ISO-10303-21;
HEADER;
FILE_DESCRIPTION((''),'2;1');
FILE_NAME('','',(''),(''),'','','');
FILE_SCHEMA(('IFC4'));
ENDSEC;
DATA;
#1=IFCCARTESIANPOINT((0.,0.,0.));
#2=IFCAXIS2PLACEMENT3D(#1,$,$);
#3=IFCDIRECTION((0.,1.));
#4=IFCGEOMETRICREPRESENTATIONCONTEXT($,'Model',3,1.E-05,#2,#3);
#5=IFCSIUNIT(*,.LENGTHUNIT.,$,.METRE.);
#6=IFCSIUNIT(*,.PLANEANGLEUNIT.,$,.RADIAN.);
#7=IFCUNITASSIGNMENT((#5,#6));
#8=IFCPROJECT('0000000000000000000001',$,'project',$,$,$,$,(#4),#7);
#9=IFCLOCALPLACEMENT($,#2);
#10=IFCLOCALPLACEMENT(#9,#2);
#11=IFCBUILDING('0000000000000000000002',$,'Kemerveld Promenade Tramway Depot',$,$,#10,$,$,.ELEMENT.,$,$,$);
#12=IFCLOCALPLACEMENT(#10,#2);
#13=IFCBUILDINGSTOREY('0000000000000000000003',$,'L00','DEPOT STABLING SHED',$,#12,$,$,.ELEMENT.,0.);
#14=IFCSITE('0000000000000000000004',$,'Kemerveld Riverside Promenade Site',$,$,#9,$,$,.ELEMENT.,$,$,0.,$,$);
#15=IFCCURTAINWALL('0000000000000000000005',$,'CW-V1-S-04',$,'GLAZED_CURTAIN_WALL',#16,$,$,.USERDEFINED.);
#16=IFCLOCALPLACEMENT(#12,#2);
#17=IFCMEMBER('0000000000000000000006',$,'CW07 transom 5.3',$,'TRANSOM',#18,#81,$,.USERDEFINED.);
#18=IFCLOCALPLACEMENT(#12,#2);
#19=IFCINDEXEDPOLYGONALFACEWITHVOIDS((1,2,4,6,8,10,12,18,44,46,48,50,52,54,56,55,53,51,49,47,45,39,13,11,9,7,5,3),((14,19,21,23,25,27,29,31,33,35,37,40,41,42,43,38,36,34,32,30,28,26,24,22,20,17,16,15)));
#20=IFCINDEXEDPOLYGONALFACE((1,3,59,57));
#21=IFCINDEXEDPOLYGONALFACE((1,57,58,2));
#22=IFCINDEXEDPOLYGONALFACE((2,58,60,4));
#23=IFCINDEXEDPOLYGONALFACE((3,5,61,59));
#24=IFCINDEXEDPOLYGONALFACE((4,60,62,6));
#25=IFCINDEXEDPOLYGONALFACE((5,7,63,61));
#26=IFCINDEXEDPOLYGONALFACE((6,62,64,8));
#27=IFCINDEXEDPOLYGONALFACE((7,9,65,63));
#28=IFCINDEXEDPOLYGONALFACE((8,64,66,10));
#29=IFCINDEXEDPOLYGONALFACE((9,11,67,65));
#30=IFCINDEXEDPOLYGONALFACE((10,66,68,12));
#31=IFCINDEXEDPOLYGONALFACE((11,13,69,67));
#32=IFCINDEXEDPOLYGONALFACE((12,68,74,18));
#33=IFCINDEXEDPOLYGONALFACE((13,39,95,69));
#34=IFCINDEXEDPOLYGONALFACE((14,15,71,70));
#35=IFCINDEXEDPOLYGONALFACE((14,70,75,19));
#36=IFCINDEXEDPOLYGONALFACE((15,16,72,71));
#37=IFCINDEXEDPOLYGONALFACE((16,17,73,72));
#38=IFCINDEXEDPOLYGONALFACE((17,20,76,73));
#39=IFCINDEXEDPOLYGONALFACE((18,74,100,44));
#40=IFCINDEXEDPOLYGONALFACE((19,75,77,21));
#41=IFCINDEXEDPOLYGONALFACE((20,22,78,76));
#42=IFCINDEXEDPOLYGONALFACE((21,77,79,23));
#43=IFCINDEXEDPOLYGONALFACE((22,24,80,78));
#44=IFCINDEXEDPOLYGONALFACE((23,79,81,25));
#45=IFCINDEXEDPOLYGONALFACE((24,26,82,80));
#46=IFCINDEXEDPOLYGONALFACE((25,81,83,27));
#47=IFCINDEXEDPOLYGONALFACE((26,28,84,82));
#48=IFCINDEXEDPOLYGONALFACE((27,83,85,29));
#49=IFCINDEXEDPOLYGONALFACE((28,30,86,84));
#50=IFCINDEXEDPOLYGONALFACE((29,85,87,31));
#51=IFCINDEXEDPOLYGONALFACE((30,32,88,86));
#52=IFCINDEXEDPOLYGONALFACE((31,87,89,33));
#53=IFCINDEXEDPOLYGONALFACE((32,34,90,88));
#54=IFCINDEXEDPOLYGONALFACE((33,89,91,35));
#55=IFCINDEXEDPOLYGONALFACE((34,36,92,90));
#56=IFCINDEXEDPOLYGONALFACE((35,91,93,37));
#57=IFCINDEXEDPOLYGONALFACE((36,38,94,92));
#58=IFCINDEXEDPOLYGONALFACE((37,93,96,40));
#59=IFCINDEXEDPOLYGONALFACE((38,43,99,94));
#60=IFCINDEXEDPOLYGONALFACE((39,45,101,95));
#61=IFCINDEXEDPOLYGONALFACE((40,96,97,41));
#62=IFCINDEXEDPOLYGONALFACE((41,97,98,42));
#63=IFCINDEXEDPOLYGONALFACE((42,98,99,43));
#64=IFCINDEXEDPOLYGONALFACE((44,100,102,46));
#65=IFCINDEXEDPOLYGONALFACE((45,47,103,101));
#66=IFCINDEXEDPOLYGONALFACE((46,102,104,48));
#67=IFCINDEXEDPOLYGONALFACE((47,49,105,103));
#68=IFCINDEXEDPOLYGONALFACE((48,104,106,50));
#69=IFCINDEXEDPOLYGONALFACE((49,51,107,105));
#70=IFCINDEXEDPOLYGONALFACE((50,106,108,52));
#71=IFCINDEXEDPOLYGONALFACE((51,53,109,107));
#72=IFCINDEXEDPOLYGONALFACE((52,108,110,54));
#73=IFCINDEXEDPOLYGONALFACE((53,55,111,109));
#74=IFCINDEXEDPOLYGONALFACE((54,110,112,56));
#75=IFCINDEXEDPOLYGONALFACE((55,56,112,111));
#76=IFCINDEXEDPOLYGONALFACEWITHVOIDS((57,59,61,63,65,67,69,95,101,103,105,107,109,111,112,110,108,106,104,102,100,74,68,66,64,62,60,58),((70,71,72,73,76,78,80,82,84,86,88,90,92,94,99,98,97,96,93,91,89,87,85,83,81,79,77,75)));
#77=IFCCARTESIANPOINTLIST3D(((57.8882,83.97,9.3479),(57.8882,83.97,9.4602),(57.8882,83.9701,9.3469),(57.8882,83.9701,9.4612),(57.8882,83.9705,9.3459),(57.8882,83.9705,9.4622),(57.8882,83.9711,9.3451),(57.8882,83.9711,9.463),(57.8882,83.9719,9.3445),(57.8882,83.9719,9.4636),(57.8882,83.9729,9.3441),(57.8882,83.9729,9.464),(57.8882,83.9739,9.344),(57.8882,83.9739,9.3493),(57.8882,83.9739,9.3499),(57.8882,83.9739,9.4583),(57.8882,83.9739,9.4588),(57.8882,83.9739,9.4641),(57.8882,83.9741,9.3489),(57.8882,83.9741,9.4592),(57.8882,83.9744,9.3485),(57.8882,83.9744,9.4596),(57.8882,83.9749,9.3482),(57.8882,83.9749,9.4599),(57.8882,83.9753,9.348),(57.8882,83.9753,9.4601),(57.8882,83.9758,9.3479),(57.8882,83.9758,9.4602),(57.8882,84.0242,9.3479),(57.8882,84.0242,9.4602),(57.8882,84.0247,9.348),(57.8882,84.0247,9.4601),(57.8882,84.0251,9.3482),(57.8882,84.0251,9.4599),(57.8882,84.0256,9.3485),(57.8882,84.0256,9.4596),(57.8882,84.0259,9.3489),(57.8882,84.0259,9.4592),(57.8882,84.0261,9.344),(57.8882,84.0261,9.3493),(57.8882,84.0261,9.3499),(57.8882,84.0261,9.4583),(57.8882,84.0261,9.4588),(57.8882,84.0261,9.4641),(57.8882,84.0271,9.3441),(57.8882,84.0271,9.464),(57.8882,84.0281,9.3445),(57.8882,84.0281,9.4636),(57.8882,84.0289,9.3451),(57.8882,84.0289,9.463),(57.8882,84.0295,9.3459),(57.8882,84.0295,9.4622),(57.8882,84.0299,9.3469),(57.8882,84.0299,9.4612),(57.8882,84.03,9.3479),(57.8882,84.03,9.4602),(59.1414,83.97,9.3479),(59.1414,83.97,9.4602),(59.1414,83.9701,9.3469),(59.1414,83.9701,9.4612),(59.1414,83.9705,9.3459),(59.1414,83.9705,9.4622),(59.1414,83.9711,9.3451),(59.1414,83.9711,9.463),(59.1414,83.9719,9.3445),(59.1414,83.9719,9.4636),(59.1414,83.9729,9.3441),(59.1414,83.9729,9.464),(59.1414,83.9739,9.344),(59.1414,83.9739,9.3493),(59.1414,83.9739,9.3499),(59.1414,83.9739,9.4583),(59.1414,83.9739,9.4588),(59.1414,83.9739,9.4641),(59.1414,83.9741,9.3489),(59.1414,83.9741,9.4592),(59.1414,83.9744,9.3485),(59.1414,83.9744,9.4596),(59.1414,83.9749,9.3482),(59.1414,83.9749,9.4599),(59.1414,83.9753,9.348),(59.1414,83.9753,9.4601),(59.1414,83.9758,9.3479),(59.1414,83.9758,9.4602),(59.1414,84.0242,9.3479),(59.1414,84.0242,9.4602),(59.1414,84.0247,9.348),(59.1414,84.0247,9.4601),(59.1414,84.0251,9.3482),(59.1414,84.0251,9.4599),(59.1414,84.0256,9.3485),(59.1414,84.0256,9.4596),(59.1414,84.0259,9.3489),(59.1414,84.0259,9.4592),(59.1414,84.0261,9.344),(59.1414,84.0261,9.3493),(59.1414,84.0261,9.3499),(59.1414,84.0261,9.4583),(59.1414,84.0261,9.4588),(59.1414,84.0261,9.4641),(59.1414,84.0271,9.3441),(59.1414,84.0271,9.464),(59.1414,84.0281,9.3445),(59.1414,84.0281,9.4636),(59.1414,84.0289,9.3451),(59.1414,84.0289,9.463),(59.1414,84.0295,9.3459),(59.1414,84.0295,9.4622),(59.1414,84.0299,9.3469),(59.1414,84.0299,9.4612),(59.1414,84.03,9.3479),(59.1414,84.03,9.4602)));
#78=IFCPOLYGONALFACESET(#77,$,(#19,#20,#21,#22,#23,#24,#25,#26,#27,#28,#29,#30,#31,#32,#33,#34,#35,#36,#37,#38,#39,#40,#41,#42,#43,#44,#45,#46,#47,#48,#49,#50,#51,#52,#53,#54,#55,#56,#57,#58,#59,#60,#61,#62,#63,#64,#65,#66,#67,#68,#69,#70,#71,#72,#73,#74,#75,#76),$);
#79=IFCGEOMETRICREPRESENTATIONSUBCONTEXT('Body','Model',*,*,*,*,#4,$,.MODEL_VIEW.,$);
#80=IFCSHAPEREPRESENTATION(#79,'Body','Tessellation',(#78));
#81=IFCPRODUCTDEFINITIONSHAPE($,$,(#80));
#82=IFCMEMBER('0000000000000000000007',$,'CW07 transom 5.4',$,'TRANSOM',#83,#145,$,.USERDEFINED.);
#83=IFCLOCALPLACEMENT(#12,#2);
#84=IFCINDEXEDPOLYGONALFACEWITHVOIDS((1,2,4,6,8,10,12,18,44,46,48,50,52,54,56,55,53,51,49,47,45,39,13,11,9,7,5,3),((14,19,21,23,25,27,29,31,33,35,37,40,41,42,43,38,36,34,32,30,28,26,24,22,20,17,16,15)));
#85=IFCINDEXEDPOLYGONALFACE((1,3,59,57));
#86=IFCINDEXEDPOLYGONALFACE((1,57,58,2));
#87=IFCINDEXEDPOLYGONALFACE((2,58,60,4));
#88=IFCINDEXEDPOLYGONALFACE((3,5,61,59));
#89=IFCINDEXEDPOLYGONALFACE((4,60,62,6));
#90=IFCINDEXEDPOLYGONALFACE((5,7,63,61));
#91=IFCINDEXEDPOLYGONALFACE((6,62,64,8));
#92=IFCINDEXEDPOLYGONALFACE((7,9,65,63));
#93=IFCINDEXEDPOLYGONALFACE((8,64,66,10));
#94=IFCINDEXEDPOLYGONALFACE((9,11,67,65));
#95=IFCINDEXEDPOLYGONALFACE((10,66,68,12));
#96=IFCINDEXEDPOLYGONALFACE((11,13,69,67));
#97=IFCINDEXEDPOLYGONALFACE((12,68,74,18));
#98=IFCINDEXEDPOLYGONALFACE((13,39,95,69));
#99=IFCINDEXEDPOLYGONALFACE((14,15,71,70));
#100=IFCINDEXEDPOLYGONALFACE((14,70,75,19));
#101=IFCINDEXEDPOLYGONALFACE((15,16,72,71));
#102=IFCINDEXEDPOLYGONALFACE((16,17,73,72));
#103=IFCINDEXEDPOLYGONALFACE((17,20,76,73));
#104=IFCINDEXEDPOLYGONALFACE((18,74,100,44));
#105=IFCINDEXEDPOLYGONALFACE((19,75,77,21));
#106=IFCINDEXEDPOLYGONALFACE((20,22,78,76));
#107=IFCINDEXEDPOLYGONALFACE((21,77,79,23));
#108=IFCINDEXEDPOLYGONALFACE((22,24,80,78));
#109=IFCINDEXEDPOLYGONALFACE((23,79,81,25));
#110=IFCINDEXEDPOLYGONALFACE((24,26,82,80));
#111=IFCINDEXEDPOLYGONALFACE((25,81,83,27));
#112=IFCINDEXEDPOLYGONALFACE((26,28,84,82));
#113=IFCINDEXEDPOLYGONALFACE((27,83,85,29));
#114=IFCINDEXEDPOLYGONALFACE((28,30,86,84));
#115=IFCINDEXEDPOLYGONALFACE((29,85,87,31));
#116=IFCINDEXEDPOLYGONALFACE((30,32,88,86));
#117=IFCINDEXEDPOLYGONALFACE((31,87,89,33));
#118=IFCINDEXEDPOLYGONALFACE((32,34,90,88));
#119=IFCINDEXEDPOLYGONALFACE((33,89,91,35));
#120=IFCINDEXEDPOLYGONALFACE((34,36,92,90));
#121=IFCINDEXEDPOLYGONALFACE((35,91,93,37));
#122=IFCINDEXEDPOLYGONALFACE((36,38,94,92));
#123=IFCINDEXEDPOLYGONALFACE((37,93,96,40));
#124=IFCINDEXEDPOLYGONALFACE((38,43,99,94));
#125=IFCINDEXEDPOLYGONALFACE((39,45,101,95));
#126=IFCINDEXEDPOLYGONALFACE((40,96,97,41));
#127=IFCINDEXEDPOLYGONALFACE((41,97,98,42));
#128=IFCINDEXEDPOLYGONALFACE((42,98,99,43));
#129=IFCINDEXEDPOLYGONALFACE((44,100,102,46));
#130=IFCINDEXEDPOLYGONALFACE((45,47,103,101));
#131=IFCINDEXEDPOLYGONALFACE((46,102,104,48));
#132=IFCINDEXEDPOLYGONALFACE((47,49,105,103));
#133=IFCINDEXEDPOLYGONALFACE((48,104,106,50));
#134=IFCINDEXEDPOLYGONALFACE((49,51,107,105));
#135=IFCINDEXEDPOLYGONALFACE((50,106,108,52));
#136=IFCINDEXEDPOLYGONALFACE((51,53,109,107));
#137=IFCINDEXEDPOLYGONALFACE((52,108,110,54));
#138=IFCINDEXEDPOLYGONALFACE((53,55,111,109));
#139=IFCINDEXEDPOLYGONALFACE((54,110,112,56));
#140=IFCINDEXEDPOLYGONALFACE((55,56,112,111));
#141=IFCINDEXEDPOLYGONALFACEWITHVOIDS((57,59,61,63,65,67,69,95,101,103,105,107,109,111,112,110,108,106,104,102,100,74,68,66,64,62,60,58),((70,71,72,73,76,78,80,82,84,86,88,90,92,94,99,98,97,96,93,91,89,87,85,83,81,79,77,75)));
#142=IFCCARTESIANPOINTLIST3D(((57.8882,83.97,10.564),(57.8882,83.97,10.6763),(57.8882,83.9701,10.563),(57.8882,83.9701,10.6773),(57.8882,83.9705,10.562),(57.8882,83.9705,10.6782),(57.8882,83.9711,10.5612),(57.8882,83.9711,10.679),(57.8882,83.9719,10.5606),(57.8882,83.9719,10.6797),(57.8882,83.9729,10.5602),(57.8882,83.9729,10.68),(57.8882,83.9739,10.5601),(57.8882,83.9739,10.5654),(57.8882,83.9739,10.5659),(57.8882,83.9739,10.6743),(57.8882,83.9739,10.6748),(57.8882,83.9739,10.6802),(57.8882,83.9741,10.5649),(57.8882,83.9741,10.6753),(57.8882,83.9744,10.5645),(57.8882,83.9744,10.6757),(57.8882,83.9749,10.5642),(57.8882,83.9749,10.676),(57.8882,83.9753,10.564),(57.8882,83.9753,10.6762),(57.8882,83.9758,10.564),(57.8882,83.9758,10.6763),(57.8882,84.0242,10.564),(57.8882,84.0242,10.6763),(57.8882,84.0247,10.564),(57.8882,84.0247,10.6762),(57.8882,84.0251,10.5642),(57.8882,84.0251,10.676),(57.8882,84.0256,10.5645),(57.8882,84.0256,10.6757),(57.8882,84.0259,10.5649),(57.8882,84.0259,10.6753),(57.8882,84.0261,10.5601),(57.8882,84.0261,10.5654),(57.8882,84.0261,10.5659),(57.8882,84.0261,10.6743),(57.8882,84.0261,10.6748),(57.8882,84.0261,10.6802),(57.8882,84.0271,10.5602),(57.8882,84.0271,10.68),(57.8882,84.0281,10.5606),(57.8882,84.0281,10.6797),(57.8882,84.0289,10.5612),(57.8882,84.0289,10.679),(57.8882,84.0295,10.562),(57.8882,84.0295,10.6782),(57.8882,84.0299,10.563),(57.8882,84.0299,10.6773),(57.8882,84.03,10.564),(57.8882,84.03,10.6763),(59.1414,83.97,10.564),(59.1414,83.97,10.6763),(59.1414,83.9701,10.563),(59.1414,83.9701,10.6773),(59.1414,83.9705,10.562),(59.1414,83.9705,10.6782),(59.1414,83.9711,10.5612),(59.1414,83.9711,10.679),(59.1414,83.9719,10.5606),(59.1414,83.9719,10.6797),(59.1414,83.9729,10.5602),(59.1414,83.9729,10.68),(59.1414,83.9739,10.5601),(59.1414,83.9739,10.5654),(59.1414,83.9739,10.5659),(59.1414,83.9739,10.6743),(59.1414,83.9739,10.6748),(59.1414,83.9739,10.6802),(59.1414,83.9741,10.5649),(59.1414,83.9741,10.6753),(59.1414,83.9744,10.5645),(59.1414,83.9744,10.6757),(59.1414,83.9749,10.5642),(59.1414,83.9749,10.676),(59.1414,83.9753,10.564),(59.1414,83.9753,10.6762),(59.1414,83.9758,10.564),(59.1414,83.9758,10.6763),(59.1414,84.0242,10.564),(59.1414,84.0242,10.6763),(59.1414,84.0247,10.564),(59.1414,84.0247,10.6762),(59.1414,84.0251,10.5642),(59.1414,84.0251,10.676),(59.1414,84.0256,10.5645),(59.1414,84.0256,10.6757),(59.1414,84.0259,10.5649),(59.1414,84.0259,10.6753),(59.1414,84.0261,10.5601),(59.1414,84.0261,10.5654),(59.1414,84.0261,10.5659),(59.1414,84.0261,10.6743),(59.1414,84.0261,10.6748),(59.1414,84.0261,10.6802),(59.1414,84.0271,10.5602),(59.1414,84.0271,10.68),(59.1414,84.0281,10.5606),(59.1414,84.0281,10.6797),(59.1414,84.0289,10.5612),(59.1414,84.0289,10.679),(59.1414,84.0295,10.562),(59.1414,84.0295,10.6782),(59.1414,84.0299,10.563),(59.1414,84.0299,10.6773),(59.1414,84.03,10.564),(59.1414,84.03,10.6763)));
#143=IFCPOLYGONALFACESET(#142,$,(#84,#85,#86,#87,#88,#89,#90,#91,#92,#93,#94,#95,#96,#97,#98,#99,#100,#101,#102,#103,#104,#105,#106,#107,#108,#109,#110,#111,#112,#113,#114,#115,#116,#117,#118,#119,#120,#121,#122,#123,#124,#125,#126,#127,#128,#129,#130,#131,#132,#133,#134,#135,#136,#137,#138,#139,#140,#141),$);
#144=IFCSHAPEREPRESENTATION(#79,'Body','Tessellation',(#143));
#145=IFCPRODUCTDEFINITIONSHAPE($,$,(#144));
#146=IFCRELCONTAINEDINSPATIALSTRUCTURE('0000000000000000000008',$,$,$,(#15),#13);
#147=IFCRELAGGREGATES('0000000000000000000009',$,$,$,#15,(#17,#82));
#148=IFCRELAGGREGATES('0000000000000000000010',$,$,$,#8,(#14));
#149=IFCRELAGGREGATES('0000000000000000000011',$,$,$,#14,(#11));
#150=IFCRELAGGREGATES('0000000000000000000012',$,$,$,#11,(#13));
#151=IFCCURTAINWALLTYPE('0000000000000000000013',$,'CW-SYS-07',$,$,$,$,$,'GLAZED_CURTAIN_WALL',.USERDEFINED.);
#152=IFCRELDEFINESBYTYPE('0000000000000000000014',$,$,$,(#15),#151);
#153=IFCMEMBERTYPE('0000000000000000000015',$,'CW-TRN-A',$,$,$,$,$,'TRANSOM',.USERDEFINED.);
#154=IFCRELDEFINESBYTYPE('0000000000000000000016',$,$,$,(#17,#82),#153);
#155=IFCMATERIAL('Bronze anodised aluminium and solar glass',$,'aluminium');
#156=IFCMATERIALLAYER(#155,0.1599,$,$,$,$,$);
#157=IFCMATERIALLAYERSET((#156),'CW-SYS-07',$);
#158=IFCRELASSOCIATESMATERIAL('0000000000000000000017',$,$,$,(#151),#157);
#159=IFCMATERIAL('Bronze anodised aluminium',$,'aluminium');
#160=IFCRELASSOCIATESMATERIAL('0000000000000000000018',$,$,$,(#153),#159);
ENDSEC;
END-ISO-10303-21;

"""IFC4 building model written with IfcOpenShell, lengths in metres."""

from ifc_helpers import new_model, si_unit, direction, frame, origin, origin_2d, place, context, subcontext, project, spatial, hollow_rectangle, extrude, material, layer, layer_set, material_profile, profile_set, type_object, element, aggregate, save


model = new_model("IFC4")

# Units and contexts
model_context = context("Model", 3, precision=1e-05, world=origin(), true_north=direction((0.0, 1.0)))
body_context = subcontext(model_context, "Body", "Model", "MODEL_VIEW")
ifc_project = project(units=[si_unit("LENGTHUNIT", "METRE"), si_unit("PLANEANGLEUNIT", "RADIAN")], contexts=[model_context])

# Site, building, storey
site_placement = place(None, origin())
site = spatial("IfcSite", under=ifc_project, at=site_placement, Name="Kemerveld Riverside Promenade Site", CompositionType="ELEMENT", RefElevation=0.0)
building_placement = place(site_placement, origin())
building = spatial("IfcBuilding", under=site, at=building_placement, Name="Kemerveld Promenade Tramway Depot", CompositionType="ELEMENT")
storey_placement = place(building_placement, origin())
storey = spatial("IfcBuildingStorey", under=building, at=storey_placement, Name="L00", Description="DEPOT STABLING SHED", CompositionType="ELEMENT", Elevation=0.0)

# Curtain wall, members
ifc_material_1 = material(Name="Bronze anodised aluminium and solar glass", Category="aluminium")
ifc_layer_1 = layer(ifc_material_1, 0.1599)
ifc_layer_set_1 = layer_set([ifc_layer_1], Name="CW-SYS-07")
curtain_wall_type_1 = type_object("IfcCurtainWallType", Name="CW-SYS-07", ElementType="GLAZED_CURTAIN_WALL", PredefinedType="USERDEFINED", material=ifc_layer_set_1)
curtain_wall_1_placement = place(storey_placement, origin())
curtain_wall_1 = element("IfcCurtainWall", 1, at=curtain_wall_1_placement, inside=storey, type_object=curtain_wall_type_1, Name="CW-V1-S-04", ObjectType="GLAZED_CURTAIN_WALL", PredefinedType="USERDEFINED")
ifc_material_2 = material(Name="Bronze anodised aluminium", Category="aluminium")
ifc_material_profile_1 = material_profile(ifc_material_2, hollow_rectangle(XDim=0.0601, YDim=0.1201, WallThickness=0.0039, InnerFilletRadius=0.002, OuterFilletRadius=0.0039, at=origin_2d()), Name="CW-TRN-120x60")
ifc_profile_set_1 = profile_set([ifc_material_profile_1], Name="Bronze anodised aluminium")
member_type_1 = type_object("IfcMemberType", Name="CW-TRN-A", ElementType="TRANSOM", PredefinedType="USERDEFINED", material=ifc_profile_set_1)
member_1_placement = place(storey_placement, frame((59.1414, 84.0, 9.4041), z_axis=(-1.0, 0.0, 0.0), x_axis=(0.0, -1.0, 0.0)))
member_1 = element("IfcMember", 2, at=member_1_placement, type_object=member_type_1, Name="CW07 transom 5.3", ObjectType="TRANSOM", PredefinedType="USERDEFINED", context=body_context, shape_type="SweptSolid", body=[
    extrude(hollow_rectangle(XDim=0.0601, YDim=0.1201, WallThickness=0.0039, InnerFilletRadius=0.002, OuterFilletRadius=0.0039, at=origin_2d()), origin(), (0.0, 0.0, 1.0), 1.2532),
])
member_2_placement = place(storey_placement, frame((59.1414, 84.0, 10.6201), z_axis=(-1.0, 0.0, 0.0), x_axis=(0.0, -1.0, 0.0)))
member_2 = element("IfcMember", 3, at=member_2_placement, type_object=member_type_1, Name="CW07 transom 5.4", ObjectType="TRANSOM", PredefinedType="USERDEFINED", context=body_context, shape_type="SweptSolid", body=[
    extrude(hollow_rectangle(XDim=0.0601, YDim=0.1201, WallThickness=0.0039, InnerFilletRadius=0.002, OuterFilletRadius=0.0039, at=origin_2d()), origin(), (0.0, 0.0, 1.0), 1.2532),
])

aggregate(curtain_wall_1, [member_1, member_2])

save(model, "model.ifc")
